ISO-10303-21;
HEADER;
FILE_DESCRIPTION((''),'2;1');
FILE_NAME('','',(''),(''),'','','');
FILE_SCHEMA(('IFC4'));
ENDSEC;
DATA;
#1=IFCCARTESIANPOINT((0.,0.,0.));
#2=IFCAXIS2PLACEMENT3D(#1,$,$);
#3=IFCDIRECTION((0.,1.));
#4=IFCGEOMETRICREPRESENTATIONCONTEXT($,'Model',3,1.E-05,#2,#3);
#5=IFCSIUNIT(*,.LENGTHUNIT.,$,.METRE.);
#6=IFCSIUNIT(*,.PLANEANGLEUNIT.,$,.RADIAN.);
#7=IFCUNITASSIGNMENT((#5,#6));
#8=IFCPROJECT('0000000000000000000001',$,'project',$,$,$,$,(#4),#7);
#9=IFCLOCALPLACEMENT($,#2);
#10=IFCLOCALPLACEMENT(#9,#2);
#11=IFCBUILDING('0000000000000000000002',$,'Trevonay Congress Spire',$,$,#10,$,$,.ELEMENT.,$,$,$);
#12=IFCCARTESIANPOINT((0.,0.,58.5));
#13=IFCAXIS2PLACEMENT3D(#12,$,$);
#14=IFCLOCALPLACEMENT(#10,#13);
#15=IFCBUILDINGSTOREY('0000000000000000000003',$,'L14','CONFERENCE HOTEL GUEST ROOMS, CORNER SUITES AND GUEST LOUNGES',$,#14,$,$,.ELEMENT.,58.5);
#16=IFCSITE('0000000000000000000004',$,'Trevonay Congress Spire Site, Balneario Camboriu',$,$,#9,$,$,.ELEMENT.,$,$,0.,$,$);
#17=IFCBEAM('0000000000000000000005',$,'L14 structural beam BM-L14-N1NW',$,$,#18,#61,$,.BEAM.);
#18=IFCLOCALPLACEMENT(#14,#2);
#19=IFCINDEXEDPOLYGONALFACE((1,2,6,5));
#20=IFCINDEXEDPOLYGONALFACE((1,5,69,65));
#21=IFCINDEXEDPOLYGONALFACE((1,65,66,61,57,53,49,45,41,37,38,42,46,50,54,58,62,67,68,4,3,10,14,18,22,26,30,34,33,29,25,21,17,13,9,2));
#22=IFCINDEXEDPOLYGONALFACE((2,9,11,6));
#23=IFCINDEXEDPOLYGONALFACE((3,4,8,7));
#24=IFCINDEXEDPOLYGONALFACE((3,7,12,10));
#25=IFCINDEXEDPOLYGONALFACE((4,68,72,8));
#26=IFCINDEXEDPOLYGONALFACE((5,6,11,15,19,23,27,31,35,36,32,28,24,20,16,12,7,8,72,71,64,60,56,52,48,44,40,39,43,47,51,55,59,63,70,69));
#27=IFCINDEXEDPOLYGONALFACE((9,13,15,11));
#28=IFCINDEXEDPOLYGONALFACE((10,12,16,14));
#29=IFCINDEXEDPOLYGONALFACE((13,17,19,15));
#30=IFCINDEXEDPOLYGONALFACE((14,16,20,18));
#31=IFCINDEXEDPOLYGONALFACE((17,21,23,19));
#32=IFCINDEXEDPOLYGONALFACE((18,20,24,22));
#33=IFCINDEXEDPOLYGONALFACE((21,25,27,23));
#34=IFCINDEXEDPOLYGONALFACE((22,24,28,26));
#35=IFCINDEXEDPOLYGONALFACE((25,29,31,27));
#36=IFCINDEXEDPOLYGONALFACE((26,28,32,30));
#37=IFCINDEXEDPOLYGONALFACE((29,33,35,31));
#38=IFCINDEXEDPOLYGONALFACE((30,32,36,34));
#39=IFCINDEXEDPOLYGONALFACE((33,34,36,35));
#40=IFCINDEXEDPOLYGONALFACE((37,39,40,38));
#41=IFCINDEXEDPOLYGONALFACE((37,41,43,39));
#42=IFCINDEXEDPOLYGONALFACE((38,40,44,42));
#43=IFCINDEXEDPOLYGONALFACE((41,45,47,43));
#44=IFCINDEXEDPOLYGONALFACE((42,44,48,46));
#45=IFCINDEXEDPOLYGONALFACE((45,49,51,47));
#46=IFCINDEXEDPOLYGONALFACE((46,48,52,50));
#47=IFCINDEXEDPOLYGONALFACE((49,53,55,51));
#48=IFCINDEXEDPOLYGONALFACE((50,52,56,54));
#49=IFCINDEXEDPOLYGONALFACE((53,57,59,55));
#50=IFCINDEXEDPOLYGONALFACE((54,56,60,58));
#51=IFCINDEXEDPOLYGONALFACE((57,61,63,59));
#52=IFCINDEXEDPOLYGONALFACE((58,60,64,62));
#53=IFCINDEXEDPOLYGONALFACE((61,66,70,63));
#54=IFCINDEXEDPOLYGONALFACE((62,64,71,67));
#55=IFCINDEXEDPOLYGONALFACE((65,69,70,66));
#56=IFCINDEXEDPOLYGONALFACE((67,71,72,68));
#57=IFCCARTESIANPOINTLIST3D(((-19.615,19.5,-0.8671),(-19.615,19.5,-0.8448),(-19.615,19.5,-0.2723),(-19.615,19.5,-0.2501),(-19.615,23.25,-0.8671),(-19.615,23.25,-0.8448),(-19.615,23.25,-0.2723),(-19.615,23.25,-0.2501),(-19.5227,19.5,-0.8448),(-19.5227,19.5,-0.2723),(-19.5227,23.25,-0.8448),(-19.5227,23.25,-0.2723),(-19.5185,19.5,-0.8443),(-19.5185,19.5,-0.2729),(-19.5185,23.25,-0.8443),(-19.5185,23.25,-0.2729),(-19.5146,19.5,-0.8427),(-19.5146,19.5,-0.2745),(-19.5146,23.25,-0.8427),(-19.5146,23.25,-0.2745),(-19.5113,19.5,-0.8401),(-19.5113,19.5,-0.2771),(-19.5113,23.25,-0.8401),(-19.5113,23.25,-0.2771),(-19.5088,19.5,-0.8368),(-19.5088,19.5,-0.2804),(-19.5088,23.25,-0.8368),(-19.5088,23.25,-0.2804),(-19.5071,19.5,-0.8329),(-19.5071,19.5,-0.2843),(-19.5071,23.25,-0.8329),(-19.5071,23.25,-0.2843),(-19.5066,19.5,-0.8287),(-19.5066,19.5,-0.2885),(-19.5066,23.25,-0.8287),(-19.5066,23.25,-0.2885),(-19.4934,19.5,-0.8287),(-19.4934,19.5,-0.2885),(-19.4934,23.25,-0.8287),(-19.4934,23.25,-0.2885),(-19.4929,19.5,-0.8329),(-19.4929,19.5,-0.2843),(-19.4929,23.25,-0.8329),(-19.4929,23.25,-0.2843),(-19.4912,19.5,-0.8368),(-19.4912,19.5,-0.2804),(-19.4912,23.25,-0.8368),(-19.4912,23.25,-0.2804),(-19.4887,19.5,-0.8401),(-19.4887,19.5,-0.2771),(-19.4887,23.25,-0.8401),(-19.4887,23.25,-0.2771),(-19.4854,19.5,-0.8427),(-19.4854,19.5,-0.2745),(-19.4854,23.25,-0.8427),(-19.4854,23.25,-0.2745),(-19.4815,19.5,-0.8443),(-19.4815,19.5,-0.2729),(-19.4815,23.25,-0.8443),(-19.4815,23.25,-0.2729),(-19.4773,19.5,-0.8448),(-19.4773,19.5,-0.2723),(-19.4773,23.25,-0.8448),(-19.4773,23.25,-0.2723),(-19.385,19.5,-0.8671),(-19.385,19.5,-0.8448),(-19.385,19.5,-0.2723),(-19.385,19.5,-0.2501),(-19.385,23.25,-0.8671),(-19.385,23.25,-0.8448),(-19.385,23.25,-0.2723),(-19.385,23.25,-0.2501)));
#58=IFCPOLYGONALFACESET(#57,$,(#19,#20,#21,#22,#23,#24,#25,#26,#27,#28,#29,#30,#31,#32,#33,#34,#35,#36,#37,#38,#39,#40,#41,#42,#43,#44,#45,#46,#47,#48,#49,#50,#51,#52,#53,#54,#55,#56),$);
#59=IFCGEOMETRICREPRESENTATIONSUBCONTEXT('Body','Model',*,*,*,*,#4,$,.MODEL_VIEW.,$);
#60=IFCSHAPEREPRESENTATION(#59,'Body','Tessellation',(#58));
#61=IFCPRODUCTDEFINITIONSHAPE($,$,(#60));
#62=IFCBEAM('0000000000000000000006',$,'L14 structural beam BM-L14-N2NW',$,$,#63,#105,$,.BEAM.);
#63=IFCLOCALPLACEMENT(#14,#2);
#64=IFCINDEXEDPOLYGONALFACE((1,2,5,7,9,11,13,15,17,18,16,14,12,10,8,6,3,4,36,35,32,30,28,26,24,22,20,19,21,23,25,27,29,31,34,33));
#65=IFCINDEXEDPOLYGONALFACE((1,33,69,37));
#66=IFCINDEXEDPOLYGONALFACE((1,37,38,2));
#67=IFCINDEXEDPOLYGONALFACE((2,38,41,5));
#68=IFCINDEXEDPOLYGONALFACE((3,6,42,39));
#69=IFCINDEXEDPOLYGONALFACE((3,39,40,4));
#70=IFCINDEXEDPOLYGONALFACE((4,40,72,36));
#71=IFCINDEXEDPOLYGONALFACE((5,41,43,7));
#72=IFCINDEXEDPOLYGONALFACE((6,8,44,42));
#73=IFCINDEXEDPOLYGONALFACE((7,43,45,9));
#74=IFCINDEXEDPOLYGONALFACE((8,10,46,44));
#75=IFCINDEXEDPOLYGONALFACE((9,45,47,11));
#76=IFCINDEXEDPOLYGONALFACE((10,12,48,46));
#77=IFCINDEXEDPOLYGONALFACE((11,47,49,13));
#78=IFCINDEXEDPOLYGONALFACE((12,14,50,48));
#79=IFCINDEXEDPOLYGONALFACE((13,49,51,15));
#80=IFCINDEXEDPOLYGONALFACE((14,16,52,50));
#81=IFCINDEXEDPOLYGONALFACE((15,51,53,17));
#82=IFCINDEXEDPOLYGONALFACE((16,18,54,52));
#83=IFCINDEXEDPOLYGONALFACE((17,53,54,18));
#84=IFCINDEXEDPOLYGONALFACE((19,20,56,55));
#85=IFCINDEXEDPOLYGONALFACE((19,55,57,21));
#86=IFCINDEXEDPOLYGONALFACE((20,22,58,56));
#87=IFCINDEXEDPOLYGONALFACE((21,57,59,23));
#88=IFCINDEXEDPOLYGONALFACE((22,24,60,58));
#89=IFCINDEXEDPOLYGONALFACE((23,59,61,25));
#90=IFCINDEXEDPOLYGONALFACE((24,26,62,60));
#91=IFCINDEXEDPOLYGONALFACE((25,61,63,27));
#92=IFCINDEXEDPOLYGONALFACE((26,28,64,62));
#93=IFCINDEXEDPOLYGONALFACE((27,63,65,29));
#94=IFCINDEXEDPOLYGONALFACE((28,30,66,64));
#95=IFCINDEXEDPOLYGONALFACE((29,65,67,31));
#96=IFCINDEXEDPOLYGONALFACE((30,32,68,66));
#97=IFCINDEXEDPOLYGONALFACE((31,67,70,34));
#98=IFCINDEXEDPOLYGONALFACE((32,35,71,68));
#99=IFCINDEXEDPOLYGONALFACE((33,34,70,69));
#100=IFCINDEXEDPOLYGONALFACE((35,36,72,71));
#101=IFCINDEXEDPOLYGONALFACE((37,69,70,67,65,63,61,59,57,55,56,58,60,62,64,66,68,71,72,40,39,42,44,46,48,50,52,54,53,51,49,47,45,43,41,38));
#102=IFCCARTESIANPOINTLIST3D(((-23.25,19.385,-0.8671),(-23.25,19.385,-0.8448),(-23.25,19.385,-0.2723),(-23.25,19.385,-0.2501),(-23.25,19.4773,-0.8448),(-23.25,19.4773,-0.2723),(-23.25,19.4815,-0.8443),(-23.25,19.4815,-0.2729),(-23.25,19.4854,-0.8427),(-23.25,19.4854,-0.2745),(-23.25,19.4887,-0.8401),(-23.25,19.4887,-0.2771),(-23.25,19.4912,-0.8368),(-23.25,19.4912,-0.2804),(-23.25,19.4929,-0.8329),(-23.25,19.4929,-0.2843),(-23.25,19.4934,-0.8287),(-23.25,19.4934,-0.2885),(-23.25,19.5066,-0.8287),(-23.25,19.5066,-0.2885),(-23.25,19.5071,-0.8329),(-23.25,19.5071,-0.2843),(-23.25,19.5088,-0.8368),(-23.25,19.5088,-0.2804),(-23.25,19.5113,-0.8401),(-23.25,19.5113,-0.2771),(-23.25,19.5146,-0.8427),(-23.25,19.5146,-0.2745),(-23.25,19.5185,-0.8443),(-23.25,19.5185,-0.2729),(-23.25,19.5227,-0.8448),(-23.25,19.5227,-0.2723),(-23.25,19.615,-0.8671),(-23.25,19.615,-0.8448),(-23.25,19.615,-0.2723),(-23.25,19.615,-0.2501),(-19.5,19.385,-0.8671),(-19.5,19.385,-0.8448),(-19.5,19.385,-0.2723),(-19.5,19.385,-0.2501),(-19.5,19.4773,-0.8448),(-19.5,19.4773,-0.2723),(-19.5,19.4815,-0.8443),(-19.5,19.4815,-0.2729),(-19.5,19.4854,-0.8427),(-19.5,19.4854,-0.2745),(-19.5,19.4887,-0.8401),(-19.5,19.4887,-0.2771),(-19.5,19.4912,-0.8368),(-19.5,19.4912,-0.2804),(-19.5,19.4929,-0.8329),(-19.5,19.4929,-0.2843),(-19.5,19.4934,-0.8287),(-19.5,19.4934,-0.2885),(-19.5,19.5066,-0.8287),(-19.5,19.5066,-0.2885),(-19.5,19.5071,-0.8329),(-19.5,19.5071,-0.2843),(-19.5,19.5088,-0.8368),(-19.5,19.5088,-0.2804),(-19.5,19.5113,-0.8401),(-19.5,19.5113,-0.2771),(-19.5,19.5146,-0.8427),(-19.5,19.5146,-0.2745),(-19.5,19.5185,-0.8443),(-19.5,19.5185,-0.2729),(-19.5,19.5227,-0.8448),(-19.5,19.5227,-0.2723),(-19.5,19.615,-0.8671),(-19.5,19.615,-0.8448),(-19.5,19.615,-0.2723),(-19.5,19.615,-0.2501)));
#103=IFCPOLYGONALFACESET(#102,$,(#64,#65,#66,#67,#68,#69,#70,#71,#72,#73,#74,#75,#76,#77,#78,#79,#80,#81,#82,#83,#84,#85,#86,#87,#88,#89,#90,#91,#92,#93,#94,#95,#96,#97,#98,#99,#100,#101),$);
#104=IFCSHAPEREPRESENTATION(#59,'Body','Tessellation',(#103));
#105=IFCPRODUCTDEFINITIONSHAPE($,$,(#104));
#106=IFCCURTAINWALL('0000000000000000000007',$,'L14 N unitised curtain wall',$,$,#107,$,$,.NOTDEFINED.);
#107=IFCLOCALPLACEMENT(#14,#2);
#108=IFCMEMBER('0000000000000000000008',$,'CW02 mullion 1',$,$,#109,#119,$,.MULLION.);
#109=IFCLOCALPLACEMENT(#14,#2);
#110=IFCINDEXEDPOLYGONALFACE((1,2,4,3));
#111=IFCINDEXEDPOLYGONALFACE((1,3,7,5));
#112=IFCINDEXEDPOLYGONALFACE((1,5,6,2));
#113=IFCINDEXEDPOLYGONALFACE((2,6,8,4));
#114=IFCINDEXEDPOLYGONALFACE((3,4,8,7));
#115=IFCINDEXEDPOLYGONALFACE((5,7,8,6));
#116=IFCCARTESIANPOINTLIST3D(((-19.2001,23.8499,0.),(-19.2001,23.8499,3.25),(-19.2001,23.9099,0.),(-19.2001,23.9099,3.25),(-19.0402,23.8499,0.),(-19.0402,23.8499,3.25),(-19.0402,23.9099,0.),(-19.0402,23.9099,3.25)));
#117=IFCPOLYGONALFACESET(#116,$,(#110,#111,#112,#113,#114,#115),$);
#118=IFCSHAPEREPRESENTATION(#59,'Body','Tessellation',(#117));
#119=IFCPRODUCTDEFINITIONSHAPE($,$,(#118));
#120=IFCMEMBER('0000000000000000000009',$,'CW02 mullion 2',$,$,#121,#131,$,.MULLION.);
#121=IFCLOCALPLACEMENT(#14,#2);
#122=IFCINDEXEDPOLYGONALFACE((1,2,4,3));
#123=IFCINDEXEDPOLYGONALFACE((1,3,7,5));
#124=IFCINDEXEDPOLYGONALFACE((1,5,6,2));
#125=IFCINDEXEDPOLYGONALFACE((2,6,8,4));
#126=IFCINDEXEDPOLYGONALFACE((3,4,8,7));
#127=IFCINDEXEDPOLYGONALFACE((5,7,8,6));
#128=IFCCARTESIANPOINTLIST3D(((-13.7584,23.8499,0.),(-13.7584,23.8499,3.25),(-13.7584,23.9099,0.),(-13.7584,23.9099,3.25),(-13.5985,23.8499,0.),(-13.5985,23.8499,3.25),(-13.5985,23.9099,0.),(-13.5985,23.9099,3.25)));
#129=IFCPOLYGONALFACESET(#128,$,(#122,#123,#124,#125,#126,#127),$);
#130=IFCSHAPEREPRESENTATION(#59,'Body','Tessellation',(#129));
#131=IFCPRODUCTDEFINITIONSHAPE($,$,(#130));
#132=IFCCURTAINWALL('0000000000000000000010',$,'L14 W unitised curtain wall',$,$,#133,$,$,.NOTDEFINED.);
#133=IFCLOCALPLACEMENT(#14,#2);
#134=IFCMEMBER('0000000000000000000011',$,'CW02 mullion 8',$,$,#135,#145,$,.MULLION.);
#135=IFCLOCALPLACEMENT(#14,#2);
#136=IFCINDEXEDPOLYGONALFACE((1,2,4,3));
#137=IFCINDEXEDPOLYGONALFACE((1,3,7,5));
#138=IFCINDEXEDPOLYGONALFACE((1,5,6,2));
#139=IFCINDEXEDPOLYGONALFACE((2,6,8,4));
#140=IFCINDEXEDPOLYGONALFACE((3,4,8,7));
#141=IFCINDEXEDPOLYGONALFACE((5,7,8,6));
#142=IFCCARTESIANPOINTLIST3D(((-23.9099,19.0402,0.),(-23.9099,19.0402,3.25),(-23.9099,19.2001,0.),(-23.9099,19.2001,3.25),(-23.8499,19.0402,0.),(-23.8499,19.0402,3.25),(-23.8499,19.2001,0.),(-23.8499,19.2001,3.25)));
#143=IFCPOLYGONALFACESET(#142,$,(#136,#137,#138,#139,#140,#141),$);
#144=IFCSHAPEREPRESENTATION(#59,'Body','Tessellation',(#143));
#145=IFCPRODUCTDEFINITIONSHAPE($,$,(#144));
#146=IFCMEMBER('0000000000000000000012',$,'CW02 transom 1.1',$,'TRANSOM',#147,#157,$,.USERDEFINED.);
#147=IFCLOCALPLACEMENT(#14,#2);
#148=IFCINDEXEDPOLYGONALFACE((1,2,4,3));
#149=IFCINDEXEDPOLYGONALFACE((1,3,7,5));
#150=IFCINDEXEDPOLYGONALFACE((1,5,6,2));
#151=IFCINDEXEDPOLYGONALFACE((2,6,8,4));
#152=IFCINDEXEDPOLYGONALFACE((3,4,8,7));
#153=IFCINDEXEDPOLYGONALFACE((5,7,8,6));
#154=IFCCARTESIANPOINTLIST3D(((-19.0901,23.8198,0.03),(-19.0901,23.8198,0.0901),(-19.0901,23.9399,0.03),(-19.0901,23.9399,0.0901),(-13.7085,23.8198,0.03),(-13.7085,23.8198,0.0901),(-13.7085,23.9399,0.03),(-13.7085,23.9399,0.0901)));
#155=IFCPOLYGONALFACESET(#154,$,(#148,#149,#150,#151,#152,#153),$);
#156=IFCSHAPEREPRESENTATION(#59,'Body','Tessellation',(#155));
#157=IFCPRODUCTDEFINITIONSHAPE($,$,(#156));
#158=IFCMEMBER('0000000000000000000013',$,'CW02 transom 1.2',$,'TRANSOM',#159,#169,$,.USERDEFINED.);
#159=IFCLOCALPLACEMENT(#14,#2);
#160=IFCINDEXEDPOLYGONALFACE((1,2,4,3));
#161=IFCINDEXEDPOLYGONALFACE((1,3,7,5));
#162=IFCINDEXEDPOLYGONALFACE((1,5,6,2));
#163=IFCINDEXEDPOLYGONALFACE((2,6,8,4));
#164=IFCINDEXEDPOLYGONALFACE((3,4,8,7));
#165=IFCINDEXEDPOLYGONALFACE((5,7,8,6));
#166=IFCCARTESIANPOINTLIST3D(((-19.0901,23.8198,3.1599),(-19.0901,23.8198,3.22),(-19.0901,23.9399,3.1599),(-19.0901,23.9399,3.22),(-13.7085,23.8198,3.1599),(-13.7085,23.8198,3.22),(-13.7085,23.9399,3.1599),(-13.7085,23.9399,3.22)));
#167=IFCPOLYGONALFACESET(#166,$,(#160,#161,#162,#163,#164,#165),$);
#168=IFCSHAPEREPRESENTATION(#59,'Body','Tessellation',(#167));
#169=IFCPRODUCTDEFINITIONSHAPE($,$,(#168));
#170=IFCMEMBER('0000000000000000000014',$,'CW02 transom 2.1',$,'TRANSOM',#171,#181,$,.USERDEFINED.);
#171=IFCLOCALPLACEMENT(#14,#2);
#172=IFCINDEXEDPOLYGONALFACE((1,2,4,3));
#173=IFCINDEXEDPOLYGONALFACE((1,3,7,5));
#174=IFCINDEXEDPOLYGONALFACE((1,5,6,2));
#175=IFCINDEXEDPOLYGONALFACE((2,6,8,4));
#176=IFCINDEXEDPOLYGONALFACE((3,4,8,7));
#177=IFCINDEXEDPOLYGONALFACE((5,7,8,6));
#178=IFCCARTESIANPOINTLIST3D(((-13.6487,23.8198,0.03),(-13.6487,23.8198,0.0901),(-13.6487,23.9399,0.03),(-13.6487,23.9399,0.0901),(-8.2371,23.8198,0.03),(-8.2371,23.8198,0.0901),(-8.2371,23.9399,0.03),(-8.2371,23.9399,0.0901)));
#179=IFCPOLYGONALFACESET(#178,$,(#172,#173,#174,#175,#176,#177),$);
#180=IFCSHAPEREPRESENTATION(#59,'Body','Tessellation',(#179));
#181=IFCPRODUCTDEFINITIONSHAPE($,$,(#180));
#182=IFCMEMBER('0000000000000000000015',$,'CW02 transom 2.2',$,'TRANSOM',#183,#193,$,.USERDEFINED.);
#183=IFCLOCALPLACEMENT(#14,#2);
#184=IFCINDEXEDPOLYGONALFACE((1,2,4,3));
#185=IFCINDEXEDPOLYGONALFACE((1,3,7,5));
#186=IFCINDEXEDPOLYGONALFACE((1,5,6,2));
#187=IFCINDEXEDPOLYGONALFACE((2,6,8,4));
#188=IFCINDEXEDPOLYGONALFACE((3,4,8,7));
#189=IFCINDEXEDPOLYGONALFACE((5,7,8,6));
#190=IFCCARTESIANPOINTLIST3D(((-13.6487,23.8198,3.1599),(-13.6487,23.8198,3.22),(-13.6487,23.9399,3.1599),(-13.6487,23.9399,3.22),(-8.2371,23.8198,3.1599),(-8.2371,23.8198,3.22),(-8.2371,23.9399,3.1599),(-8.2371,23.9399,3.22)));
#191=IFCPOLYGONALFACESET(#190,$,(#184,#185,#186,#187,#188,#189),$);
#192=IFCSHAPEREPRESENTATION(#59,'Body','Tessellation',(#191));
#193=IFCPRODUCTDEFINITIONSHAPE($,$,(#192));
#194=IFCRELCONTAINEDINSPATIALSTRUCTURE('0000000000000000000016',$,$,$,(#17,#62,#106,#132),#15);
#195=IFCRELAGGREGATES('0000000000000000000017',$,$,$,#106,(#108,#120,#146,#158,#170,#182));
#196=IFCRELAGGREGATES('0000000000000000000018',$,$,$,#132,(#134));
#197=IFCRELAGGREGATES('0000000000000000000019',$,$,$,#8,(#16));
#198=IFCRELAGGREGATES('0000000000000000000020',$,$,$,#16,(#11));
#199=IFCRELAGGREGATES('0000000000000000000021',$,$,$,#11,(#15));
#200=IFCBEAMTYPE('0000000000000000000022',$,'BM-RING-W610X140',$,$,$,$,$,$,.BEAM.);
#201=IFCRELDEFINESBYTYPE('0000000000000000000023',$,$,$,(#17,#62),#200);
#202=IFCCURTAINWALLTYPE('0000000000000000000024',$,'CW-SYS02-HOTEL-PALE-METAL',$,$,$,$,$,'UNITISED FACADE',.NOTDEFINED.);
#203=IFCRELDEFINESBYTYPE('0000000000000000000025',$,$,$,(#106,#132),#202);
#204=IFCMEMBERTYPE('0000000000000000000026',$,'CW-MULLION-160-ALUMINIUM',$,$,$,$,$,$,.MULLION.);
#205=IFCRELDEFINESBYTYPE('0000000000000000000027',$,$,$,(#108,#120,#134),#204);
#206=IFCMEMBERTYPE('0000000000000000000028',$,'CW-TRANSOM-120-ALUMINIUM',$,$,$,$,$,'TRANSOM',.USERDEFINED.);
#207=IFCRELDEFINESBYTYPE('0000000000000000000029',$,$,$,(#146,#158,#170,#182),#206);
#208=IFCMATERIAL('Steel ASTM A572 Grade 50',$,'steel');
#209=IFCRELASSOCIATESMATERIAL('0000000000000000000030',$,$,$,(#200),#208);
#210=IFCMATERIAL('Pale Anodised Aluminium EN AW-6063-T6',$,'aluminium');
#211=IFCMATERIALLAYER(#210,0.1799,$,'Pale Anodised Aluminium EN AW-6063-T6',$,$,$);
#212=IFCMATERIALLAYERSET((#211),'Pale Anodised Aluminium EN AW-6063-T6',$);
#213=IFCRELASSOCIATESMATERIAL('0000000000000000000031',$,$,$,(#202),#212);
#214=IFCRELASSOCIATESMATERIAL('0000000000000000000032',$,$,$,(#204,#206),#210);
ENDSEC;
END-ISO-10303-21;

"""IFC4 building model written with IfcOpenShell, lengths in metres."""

from ifc_helpers import new_model, si_unit, direction, frame, origin, origin_2d, place, context, subcontext, project, spatial, rectangle, i_section, extrude, material, layer, layer_set, material_profile, profile_set, type_object, element, aggregate, save


model = new_model("IFC4")

# Units and contexts
model_context = context("Model", 3, precision=1e-05, world=origin(), true_north=direction((0.0, 1.0)))
body_context = subcontext(model_context, "Body", "Model", "MODEL_VIEW")
ifc_project = project(units=[si_unit("LENGTHUNIT", "METRE"), si_unit("PLANEANGLEUNIT", "RADIAN")], contexts=[model_context])

# Site, building, storey
site_placement = place(None, origin())
site = spatial("IfcSite", under=ifc_project, at=site_placement, Name="Trevonay Congress Spire Site, Balneario Camboriu", CompositionType="ELEMENT", RefElevation=0.0)
building_placement = place(site_placement, origin())
building = spatial("IfcBuilding", under=site, at=building_placement, Name="Trevonay Congress Spire", CompositionType="ELEMENT")
storey_placement = place(building_placement, frame((0.0, 0.0, 58.5)))
storey = spatial("IfcBuildingStorey", under=building, at=storey_placement, Name="L14", Description="CONFERENCE HOTEL GUEST ROOMS, CORNER SUITES AND GUEST LOUNGES", CompositionType="ELEMENT", Elevation=58.5)

# Shared definitions
ifc_material_1 = material(Name="Steel ASTM A572 Grade 50", Category="steel")

# Beams
ifc_material_profile_1 = material_profile(ifc_material_1, i_section(OverallWidth=0.23, OverallDepth=0.6169, WebThickness=0.0132, FlangeThickness=0.0222, FilletRadius=0.0161, at=origin_2d()), Name="W610x140")
ifc_profile_set_1 = profile_set([ifc_material_profile_1], Name="Steel ASTM A572 Grade 50")
beam_type_1 = type_object("IfcBeamType", Name="BM-RING-W610X140", PredefinedType="BEAM", material=ifc_profile_set_1)
for number, where, z_axis, x_axis, name in (
    (1, (-19.5, 23.25, -0.5586), (0.0, -1.0, 0.0), (1.0, 0.0, 0.0), "L14 structural beam BM-L14-N1NW"),
    (2, (-23.25, 19.5, -0.5586), (1.0, 0.0, 0.0), (0.0, 1.0, 0.0), "L14 structural beam BM-L14-N2NW"),
):
    element("IfcBeam", number, at=place(storey_placement, frame(where, z_axis=z_axis, x_axis=x_axis)), inside=storey, type_object=beam_type_1, Name=name, PredefinedType="BEAM", context=body_context, shape_type="SweptSolid", body=[
        extrude(i_section(OverallWidth=0.23, OverallDepth=0.6169, WebThickness=0.0132, FlangeThickness=0.0222, FilletRadius=0.0161, at=origin_2d()), origin(), (0.0, 0.0, 1.0), 3.75),
    ])

# Curtain wall, members
ifc_material_2 = material(Name="Pale Anodised Aluminium EN AW-6063-T6", Category="aluminium")
ifc_layer_1 = layer(ifc_material_2, 0.1799, Name="Pale Anodised Aluminium EN AW-6063-T6")
ifc_layer_set_1 = layer_set([ifc_layer_1], Name="Pale Anodised Aluminium EN AW-6063-T6")
curtain_wall_type = type_object("IfcCurtainWallType", Name="CW-SYS02-HOTEL-PALE-METAL", ElementType="UNITISED FACADE", PredefinedType="NOTDEFINED", material=ifc_layer_set_1)
curtain_wall_1_placement = place(storey_placement, origin())
curtain_wall_1 = element("IfcCurtainWall", 3, at=curtain_wall_1_placement, inside=storey, type_object=curtain_wall_type, Name="L14 N unitised curtain wall", PredefinedType="NOTDEFINED")
ifc_material_profile_2 = material_profile(ifc_material_2, rectangle(XDim=0.0601, YDim=0.1599, at=origin_2d()), Name="CW-MULLION-160-ALUMINIUM")
ifc_profile_set_2 = profile_set([ifc_material_profile_2], Name="Pale Anodised Aluminium EN AW-6063-T6")
member_type_1 = type_object("IfcMemberType", Name="CW-MULLION-160-ALUMINIUM", PredefinedType="MULLION", material=ifc_profile_set_2)
member_1_placement = place(storey_placement, frame((-19.1201, 23.8799, 0.0), z_axis=(0.0, 0.0, 1.0), x_axis=(0.0, 1.0, 0.0)))
member_1 = element("IfcMember", 4, at=member_1_placement, type_object=member_type_1, Name="CW02 mullion 1", PredefinedType="MULLION", context=body_context, shape_type="SweptSolid", body=[
    extrude(rectangle(XDim=0.0601, YDim=0.1599, at=origin_2d()), origin(), (0.0, 0.0, 1.0), 3.25),
])
member_2_placement = place(storey_placement, frame((-13.6785, 23.8799, 0.0), z_axis=(0.0, 0.0, 1.0), x_axis=(0.0, 1.0, 0.0)))
member_2 = element("IfcMember", 5, at=member_2_placement, type_object=member_type_1, Name="CW02 mullion 2", PredefinedType="MULLION", context=body_context, shape_type="SweptSolid", body=[
    extrude(rectangle(XDim=0.0601, YDim=0.1599, at=origin_2d()), origin(), (0.0, 0.0, 1.0), 3.25),
])

# Curtain wall, member
curtain_wall_2_placement = place(storey_placement, origin())
curtain_wall_2 = element("IfcCurtainWall", 6, at=curtain_wall_2_placement, inside=storey, type_object=curtain_wall_type, Name="L14 W unitised curtain wall", PredefinedType="NOTDEFINED")
member_3_placement = place(storey_placement, frame((-23.8799, 19.1201, 0.0), z_axis=(0.0, 0.0, 1.0), x_axis=(-1.0, 0.0, 0.0)))
member_3 = element("IfcMember", 7, at=member_3_placement, type_object=member_type_1, Name="CW02 mullion 8", PredefinedType="MULLION", context=body_context, shape_type="SweptSolid", body=[
    extrude(rectangle(XDim=0.0601, YDim=0.1599, at=origin_2d()), origin(), (0.0, 0.0, 1.0), 3.25),
])

# Members
ifc_material_profile_3 = material_profile(ifc_material_2, rectangle(XDim=0.1201, YDim=0.0601, at=origin_2d()), Name="CW-TRANSOM-120-ALUMINIUM")
ifc_profile_set_3 = profile_set([ifc_material_profile_3], Name="Pale Anodised Aluminium EN AW-6063-T6")
member_type_2 = type_object("IfcMemberType", Name="CW-TRANSOM-120-ALUMINIUM", ElementType="TRANSOM", PredefinedType="USERDEFINED", material=ifc_profile_set_3)
member_4_placement = place(storey_placement, frame((-19.0901, 23.8799, 0.0601), z_axis=(1.0, 0.0, 0.0), x_axis=(0.0, 1.0, 0.0)))
member_4 = element("IfcMember", 8, at=member_4_placement, type_object=member_type_2, Name="CW02 transom 1.1", ObjectType="TRANSOM", PredefinedType="USERDEFINED", context=body_context, shape_type="SweptSolid", body=[
    extrude(rectangle(XDim=0.1201, YDim=0.0601, at=origin_2d()), origin(), (0.0, 0.0, 1.0), 5.3816),
])
member_5_placement = place(storey_placement, frame((-19.0901, 23.8799, 3.1899), z_axis=(1.0, 0.0, 0.0), x_axis=(0.0, 1.0, 0.0)))
member_5 = element("IfcMember", 9, at=member_5_placement, type_object=member_type_2, Name="CW02 transom 1.2", ObjectType="TRANSOM", PredefinedType="USERDEFINED", context=body_context, shape_type="SweptSolid", body=[
    extrude(rectangle(XDim=0.1201, YDim=0.0601, at=origin_2d()), origin(), (0.0, 0.0, 1.0), 5.3816),
])
member_6_placement = place(storey_placement, frame((-13.6487, 23.8799, 0.0601), z_axis=(1.0, 0.0, 0.0), x_axis=(0.0, 1.0, 0.0)))
member_6 = element("IfcMember", 10, at=member_6_placement, type_object=member_type_2, Name="CW02 transom 2.1", ObjectType="TRANSOM", PredefinedType="USERDEFINED", context=body_context, shape_type="SweptSolid", body=[
    extrude(rectangle(XDim=0.1201, YDim=0.0601, at=origin_2d()), origin(), (0.0, 0.0, 1.0), 5.4116),
])
member_7_placement = place(storey_placement, frame((-13.6487, 23.8799, 3.1899), z_axis=(1.0, 0.0, 0.0), x_axis=(0.0, 1.0, 0.0)))
member_7 = element("IfcMember", 11, at=member_7_placement, type_object=member_type_2, Name="CW02 transom 2.2", ObjectType="TRANSOM", PredefinedType="USERDEFINED", context=body_context, shape_type="SweptSolid", body=[
    extrude(rectangle(XDim=0.1201, YDim=0.0601, at=origin_2d()), origin(), (0.0, 0.0, 1.0), 5.4116),
])

aggregate(curtain_wall_1, [member_1, member_2, member_4, member_5, member_6, member_7])
aggregate(curtain_wall_2, [member_3])

save(model, "model.ifc")
